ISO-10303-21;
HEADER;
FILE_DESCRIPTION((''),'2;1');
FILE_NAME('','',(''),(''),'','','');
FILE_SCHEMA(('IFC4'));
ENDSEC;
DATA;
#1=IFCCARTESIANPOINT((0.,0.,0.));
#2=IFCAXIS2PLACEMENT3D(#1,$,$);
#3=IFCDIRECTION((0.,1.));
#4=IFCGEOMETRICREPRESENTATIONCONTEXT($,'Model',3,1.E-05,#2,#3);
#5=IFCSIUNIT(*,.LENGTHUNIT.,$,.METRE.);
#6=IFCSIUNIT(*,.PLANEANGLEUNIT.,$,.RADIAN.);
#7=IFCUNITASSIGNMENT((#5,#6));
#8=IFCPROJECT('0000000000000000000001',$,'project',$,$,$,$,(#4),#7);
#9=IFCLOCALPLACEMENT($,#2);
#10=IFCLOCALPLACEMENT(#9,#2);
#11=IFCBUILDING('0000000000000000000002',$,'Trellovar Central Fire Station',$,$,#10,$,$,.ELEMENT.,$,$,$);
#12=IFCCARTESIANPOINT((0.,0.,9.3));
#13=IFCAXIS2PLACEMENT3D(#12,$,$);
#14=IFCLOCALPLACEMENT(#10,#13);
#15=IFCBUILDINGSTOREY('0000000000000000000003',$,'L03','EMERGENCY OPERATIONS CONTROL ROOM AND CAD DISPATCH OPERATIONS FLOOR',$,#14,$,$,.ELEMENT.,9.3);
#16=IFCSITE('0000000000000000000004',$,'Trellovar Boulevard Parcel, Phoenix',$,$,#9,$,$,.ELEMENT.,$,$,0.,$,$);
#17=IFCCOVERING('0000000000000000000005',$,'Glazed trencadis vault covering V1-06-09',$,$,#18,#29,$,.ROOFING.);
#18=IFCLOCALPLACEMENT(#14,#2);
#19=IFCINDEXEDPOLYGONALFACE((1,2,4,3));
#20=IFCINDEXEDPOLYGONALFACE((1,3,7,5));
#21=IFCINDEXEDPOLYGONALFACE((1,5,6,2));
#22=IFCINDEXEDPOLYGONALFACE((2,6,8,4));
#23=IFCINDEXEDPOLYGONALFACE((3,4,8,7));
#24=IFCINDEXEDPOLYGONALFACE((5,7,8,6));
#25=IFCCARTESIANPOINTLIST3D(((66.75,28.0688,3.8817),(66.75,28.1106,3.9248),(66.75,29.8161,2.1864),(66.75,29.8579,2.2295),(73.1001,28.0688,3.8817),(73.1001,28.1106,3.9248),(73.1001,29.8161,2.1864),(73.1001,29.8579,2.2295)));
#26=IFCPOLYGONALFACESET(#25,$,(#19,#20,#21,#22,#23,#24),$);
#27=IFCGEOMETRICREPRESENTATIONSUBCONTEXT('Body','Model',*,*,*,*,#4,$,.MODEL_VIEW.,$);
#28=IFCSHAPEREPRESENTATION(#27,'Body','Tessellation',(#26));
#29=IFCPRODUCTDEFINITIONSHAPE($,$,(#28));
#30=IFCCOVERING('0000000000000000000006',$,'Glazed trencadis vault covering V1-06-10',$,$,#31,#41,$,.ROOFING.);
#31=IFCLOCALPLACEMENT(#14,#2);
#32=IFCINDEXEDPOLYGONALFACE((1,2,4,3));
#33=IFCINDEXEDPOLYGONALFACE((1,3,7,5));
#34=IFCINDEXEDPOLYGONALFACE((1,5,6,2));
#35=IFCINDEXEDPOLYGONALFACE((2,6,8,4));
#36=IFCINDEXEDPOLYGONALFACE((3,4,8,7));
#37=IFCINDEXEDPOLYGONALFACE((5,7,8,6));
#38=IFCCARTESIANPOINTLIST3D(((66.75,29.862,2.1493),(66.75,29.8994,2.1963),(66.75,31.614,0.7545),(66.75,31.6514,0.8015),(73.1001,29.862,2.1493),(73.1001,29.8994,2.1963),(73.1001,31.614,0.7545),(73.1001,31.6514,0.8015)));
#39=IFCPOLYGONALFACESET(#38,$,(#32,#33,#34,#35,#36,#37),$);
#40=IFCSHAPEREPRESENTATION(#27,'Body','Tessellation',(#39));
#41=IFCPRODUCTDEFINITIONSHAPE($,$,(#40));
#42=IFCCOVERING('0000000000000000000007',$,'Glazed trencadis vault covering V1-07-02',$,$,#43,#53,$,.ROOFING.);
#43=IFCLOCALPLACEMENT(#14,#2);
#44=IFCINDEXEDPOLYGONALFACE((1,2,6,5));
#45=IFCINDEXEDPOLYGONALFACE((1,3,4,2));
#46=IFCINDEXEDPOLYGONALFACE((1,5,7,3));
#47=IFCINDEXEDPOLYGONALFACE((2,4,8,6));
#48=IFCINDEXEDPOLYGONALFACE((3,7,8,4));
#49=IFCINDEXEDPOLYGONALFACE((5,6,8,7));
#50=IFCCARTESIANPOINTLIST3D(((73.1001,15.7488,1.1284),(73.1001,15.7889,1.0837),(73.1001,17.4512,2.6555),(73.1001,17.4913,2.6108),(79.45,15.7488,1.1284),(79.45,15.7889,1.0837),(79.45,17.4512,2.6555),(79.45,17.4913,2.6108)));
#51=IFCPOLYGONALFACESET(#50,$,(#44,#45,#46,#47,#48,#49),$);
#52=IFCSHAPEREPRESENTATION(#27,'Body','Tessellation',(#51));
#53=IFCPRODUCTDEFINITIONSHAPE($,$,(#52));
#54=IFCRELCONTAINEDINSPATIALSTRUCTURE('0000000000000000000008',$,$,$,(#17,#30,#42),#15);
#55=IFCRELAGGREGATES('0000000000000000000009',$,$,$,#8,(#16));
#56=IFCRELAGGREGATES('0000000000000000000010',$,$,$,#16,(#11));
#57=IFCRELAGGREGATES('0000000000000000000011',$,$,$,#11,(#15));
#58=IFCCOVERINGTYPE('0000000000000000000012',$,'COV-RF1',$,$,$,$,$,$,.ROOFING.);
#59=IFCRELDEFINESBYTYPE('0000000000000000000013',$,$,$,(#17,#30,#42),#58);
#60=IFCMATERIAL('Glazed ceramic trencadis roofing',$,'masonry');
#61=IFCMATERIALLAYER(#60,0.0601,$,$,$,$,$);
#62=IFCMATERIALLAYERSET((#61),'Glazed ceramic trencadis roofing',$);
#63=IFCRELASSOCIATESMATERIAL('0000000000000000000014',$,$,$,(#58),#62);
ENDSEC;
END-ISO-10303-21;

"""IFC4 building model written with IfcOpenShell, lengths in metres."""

from ifc_helpers import new_model, si_unit, direction, frame, origin, place, context, subcontext, project, spatial, polyline, outline, extrude, material, layer, layer_set, type_object, element, save


model = new_model("IFC4")

# Units and contexts
model_context = context("Model", 3, precision=1e-05, world=origin(), true_north=direction((0.0, 1.0)))
body_context = subcontext(model_context, "Body", "Model", "MODEL_VIEW")
ifc_project = project(units=[si_unit("LENGTHUNIT", "METRE"), si_unit("PLANEANGLEUNIT", "RADIAN")], contexts=[model_context])

# Site, building, storey
site_placement = place(None, origin())
site = spatial("IfcSite", under=ifc_project, at=site_placement, Name="Trellovar Boulevard Parcel, Phoenix", CompositionType="ELEMENT", RefElevation=0.0)
building_placement = place(site_placement, origin())
building = spatial("IfcBuilding", under=site, at=building_placement, Name="Trellovar Central Fire Station", CompositionType="ELEMENT")
storey_placement = place(building_placement, frame((0.0, 0.0, 9.3)))
storey = spatial("IfcBuildingStorey", under=building, at=storey_placement, Name="L03", Description="EMERGENCY OPERATIONS CONTROL ROOM AND CAD DISPATCH OPERATIONS FLOOR", CompositionType="ELEMENT", Elevation=9.3)

# Coverings
ifc_material_1 = material(Name="Glazed ceramic trencadis roofing", Category="masonry")
ifc_layer_1 = layer(ifc_material_1, 0.0601)
ifc_layer_set_1 = layer_set([ifc_layer_1], Name="Glazed ceramic trencadis roofing")
covering_type = type_object("IfcCoveringType", Name="COV-RF1", PredefinedType="ROOFING", material=ifc_layer_set_1)
covering_1_placement = place(storey_placement, frame((66.75, 28.1106, 3.9248), z_axis=(0.0, 0.696346, 0.717706), x_axis=(1.0, 0.0, 0.0)))
element("IfcCovering", 1, at=covering_1_placement, inside=storey, type_object=covering_type, Name="Glazed trencadis vault covering V1-06-09", PredefinedType="ROOFING", context=body_context, shape_type="SweptSolid", body=[
    extrude(outline(polyline([(0.0, 0.0), (6.3501, 0.0), (6.3501, 2.4346), (0.0, 2.4346), (0.0, 0.0)])), origin(), (0.0, 0.0, -1.0), 0.0601),
])
covering_2_placement = place(storey_placement, frame((66.75, 29.8994, 2.1963), z_axis=(0.0, 0.622845, 0.782345), x_axis=(1.0, 0.0, 0.0)))
element("IfcCovering", 2, at=covering_2_placement, inside=storey, type_object=covering_type, Name="Glazed trencadis vault covering V1-06-10", PredefinedType="ROOFING", context=body_context, shape_type="SweptSolid", body=[
    extrude(outline(polyline([(0.0, 0.0), (6.3501, 0.0), (6.3501, 2.2394), (0.0, 2.2394), (0.0, 0.0)])), origin(), (0.0, 0.0, -1.0), 0.0601),
])
covering_3_placement = place(storey_placement, frame((73.1001, 15.7488, 1.1284), z_axis=(0.0, -0.667743, 0.744392), x_axis=(1.0, 0.0, 0.0)))
element("IfcCovering", 3, at=covering_3_placement, inside=storey, type_object=covering_type, Name="Glazed trencadis vault covering V1-07-02", PredefinedType="ROOFING", context=body_context, shape_type="SweptSolid", body=[
    extrude(outline(polyline([(0.0, 0.0), (6.3499, 0.0), (6.3499, 2.287), (0.0, 2.287), (0.0, 0.0)])), origin(), (0.0, 0.0, -1.0), 0.0601),
])

save(model, "model.ifc")
